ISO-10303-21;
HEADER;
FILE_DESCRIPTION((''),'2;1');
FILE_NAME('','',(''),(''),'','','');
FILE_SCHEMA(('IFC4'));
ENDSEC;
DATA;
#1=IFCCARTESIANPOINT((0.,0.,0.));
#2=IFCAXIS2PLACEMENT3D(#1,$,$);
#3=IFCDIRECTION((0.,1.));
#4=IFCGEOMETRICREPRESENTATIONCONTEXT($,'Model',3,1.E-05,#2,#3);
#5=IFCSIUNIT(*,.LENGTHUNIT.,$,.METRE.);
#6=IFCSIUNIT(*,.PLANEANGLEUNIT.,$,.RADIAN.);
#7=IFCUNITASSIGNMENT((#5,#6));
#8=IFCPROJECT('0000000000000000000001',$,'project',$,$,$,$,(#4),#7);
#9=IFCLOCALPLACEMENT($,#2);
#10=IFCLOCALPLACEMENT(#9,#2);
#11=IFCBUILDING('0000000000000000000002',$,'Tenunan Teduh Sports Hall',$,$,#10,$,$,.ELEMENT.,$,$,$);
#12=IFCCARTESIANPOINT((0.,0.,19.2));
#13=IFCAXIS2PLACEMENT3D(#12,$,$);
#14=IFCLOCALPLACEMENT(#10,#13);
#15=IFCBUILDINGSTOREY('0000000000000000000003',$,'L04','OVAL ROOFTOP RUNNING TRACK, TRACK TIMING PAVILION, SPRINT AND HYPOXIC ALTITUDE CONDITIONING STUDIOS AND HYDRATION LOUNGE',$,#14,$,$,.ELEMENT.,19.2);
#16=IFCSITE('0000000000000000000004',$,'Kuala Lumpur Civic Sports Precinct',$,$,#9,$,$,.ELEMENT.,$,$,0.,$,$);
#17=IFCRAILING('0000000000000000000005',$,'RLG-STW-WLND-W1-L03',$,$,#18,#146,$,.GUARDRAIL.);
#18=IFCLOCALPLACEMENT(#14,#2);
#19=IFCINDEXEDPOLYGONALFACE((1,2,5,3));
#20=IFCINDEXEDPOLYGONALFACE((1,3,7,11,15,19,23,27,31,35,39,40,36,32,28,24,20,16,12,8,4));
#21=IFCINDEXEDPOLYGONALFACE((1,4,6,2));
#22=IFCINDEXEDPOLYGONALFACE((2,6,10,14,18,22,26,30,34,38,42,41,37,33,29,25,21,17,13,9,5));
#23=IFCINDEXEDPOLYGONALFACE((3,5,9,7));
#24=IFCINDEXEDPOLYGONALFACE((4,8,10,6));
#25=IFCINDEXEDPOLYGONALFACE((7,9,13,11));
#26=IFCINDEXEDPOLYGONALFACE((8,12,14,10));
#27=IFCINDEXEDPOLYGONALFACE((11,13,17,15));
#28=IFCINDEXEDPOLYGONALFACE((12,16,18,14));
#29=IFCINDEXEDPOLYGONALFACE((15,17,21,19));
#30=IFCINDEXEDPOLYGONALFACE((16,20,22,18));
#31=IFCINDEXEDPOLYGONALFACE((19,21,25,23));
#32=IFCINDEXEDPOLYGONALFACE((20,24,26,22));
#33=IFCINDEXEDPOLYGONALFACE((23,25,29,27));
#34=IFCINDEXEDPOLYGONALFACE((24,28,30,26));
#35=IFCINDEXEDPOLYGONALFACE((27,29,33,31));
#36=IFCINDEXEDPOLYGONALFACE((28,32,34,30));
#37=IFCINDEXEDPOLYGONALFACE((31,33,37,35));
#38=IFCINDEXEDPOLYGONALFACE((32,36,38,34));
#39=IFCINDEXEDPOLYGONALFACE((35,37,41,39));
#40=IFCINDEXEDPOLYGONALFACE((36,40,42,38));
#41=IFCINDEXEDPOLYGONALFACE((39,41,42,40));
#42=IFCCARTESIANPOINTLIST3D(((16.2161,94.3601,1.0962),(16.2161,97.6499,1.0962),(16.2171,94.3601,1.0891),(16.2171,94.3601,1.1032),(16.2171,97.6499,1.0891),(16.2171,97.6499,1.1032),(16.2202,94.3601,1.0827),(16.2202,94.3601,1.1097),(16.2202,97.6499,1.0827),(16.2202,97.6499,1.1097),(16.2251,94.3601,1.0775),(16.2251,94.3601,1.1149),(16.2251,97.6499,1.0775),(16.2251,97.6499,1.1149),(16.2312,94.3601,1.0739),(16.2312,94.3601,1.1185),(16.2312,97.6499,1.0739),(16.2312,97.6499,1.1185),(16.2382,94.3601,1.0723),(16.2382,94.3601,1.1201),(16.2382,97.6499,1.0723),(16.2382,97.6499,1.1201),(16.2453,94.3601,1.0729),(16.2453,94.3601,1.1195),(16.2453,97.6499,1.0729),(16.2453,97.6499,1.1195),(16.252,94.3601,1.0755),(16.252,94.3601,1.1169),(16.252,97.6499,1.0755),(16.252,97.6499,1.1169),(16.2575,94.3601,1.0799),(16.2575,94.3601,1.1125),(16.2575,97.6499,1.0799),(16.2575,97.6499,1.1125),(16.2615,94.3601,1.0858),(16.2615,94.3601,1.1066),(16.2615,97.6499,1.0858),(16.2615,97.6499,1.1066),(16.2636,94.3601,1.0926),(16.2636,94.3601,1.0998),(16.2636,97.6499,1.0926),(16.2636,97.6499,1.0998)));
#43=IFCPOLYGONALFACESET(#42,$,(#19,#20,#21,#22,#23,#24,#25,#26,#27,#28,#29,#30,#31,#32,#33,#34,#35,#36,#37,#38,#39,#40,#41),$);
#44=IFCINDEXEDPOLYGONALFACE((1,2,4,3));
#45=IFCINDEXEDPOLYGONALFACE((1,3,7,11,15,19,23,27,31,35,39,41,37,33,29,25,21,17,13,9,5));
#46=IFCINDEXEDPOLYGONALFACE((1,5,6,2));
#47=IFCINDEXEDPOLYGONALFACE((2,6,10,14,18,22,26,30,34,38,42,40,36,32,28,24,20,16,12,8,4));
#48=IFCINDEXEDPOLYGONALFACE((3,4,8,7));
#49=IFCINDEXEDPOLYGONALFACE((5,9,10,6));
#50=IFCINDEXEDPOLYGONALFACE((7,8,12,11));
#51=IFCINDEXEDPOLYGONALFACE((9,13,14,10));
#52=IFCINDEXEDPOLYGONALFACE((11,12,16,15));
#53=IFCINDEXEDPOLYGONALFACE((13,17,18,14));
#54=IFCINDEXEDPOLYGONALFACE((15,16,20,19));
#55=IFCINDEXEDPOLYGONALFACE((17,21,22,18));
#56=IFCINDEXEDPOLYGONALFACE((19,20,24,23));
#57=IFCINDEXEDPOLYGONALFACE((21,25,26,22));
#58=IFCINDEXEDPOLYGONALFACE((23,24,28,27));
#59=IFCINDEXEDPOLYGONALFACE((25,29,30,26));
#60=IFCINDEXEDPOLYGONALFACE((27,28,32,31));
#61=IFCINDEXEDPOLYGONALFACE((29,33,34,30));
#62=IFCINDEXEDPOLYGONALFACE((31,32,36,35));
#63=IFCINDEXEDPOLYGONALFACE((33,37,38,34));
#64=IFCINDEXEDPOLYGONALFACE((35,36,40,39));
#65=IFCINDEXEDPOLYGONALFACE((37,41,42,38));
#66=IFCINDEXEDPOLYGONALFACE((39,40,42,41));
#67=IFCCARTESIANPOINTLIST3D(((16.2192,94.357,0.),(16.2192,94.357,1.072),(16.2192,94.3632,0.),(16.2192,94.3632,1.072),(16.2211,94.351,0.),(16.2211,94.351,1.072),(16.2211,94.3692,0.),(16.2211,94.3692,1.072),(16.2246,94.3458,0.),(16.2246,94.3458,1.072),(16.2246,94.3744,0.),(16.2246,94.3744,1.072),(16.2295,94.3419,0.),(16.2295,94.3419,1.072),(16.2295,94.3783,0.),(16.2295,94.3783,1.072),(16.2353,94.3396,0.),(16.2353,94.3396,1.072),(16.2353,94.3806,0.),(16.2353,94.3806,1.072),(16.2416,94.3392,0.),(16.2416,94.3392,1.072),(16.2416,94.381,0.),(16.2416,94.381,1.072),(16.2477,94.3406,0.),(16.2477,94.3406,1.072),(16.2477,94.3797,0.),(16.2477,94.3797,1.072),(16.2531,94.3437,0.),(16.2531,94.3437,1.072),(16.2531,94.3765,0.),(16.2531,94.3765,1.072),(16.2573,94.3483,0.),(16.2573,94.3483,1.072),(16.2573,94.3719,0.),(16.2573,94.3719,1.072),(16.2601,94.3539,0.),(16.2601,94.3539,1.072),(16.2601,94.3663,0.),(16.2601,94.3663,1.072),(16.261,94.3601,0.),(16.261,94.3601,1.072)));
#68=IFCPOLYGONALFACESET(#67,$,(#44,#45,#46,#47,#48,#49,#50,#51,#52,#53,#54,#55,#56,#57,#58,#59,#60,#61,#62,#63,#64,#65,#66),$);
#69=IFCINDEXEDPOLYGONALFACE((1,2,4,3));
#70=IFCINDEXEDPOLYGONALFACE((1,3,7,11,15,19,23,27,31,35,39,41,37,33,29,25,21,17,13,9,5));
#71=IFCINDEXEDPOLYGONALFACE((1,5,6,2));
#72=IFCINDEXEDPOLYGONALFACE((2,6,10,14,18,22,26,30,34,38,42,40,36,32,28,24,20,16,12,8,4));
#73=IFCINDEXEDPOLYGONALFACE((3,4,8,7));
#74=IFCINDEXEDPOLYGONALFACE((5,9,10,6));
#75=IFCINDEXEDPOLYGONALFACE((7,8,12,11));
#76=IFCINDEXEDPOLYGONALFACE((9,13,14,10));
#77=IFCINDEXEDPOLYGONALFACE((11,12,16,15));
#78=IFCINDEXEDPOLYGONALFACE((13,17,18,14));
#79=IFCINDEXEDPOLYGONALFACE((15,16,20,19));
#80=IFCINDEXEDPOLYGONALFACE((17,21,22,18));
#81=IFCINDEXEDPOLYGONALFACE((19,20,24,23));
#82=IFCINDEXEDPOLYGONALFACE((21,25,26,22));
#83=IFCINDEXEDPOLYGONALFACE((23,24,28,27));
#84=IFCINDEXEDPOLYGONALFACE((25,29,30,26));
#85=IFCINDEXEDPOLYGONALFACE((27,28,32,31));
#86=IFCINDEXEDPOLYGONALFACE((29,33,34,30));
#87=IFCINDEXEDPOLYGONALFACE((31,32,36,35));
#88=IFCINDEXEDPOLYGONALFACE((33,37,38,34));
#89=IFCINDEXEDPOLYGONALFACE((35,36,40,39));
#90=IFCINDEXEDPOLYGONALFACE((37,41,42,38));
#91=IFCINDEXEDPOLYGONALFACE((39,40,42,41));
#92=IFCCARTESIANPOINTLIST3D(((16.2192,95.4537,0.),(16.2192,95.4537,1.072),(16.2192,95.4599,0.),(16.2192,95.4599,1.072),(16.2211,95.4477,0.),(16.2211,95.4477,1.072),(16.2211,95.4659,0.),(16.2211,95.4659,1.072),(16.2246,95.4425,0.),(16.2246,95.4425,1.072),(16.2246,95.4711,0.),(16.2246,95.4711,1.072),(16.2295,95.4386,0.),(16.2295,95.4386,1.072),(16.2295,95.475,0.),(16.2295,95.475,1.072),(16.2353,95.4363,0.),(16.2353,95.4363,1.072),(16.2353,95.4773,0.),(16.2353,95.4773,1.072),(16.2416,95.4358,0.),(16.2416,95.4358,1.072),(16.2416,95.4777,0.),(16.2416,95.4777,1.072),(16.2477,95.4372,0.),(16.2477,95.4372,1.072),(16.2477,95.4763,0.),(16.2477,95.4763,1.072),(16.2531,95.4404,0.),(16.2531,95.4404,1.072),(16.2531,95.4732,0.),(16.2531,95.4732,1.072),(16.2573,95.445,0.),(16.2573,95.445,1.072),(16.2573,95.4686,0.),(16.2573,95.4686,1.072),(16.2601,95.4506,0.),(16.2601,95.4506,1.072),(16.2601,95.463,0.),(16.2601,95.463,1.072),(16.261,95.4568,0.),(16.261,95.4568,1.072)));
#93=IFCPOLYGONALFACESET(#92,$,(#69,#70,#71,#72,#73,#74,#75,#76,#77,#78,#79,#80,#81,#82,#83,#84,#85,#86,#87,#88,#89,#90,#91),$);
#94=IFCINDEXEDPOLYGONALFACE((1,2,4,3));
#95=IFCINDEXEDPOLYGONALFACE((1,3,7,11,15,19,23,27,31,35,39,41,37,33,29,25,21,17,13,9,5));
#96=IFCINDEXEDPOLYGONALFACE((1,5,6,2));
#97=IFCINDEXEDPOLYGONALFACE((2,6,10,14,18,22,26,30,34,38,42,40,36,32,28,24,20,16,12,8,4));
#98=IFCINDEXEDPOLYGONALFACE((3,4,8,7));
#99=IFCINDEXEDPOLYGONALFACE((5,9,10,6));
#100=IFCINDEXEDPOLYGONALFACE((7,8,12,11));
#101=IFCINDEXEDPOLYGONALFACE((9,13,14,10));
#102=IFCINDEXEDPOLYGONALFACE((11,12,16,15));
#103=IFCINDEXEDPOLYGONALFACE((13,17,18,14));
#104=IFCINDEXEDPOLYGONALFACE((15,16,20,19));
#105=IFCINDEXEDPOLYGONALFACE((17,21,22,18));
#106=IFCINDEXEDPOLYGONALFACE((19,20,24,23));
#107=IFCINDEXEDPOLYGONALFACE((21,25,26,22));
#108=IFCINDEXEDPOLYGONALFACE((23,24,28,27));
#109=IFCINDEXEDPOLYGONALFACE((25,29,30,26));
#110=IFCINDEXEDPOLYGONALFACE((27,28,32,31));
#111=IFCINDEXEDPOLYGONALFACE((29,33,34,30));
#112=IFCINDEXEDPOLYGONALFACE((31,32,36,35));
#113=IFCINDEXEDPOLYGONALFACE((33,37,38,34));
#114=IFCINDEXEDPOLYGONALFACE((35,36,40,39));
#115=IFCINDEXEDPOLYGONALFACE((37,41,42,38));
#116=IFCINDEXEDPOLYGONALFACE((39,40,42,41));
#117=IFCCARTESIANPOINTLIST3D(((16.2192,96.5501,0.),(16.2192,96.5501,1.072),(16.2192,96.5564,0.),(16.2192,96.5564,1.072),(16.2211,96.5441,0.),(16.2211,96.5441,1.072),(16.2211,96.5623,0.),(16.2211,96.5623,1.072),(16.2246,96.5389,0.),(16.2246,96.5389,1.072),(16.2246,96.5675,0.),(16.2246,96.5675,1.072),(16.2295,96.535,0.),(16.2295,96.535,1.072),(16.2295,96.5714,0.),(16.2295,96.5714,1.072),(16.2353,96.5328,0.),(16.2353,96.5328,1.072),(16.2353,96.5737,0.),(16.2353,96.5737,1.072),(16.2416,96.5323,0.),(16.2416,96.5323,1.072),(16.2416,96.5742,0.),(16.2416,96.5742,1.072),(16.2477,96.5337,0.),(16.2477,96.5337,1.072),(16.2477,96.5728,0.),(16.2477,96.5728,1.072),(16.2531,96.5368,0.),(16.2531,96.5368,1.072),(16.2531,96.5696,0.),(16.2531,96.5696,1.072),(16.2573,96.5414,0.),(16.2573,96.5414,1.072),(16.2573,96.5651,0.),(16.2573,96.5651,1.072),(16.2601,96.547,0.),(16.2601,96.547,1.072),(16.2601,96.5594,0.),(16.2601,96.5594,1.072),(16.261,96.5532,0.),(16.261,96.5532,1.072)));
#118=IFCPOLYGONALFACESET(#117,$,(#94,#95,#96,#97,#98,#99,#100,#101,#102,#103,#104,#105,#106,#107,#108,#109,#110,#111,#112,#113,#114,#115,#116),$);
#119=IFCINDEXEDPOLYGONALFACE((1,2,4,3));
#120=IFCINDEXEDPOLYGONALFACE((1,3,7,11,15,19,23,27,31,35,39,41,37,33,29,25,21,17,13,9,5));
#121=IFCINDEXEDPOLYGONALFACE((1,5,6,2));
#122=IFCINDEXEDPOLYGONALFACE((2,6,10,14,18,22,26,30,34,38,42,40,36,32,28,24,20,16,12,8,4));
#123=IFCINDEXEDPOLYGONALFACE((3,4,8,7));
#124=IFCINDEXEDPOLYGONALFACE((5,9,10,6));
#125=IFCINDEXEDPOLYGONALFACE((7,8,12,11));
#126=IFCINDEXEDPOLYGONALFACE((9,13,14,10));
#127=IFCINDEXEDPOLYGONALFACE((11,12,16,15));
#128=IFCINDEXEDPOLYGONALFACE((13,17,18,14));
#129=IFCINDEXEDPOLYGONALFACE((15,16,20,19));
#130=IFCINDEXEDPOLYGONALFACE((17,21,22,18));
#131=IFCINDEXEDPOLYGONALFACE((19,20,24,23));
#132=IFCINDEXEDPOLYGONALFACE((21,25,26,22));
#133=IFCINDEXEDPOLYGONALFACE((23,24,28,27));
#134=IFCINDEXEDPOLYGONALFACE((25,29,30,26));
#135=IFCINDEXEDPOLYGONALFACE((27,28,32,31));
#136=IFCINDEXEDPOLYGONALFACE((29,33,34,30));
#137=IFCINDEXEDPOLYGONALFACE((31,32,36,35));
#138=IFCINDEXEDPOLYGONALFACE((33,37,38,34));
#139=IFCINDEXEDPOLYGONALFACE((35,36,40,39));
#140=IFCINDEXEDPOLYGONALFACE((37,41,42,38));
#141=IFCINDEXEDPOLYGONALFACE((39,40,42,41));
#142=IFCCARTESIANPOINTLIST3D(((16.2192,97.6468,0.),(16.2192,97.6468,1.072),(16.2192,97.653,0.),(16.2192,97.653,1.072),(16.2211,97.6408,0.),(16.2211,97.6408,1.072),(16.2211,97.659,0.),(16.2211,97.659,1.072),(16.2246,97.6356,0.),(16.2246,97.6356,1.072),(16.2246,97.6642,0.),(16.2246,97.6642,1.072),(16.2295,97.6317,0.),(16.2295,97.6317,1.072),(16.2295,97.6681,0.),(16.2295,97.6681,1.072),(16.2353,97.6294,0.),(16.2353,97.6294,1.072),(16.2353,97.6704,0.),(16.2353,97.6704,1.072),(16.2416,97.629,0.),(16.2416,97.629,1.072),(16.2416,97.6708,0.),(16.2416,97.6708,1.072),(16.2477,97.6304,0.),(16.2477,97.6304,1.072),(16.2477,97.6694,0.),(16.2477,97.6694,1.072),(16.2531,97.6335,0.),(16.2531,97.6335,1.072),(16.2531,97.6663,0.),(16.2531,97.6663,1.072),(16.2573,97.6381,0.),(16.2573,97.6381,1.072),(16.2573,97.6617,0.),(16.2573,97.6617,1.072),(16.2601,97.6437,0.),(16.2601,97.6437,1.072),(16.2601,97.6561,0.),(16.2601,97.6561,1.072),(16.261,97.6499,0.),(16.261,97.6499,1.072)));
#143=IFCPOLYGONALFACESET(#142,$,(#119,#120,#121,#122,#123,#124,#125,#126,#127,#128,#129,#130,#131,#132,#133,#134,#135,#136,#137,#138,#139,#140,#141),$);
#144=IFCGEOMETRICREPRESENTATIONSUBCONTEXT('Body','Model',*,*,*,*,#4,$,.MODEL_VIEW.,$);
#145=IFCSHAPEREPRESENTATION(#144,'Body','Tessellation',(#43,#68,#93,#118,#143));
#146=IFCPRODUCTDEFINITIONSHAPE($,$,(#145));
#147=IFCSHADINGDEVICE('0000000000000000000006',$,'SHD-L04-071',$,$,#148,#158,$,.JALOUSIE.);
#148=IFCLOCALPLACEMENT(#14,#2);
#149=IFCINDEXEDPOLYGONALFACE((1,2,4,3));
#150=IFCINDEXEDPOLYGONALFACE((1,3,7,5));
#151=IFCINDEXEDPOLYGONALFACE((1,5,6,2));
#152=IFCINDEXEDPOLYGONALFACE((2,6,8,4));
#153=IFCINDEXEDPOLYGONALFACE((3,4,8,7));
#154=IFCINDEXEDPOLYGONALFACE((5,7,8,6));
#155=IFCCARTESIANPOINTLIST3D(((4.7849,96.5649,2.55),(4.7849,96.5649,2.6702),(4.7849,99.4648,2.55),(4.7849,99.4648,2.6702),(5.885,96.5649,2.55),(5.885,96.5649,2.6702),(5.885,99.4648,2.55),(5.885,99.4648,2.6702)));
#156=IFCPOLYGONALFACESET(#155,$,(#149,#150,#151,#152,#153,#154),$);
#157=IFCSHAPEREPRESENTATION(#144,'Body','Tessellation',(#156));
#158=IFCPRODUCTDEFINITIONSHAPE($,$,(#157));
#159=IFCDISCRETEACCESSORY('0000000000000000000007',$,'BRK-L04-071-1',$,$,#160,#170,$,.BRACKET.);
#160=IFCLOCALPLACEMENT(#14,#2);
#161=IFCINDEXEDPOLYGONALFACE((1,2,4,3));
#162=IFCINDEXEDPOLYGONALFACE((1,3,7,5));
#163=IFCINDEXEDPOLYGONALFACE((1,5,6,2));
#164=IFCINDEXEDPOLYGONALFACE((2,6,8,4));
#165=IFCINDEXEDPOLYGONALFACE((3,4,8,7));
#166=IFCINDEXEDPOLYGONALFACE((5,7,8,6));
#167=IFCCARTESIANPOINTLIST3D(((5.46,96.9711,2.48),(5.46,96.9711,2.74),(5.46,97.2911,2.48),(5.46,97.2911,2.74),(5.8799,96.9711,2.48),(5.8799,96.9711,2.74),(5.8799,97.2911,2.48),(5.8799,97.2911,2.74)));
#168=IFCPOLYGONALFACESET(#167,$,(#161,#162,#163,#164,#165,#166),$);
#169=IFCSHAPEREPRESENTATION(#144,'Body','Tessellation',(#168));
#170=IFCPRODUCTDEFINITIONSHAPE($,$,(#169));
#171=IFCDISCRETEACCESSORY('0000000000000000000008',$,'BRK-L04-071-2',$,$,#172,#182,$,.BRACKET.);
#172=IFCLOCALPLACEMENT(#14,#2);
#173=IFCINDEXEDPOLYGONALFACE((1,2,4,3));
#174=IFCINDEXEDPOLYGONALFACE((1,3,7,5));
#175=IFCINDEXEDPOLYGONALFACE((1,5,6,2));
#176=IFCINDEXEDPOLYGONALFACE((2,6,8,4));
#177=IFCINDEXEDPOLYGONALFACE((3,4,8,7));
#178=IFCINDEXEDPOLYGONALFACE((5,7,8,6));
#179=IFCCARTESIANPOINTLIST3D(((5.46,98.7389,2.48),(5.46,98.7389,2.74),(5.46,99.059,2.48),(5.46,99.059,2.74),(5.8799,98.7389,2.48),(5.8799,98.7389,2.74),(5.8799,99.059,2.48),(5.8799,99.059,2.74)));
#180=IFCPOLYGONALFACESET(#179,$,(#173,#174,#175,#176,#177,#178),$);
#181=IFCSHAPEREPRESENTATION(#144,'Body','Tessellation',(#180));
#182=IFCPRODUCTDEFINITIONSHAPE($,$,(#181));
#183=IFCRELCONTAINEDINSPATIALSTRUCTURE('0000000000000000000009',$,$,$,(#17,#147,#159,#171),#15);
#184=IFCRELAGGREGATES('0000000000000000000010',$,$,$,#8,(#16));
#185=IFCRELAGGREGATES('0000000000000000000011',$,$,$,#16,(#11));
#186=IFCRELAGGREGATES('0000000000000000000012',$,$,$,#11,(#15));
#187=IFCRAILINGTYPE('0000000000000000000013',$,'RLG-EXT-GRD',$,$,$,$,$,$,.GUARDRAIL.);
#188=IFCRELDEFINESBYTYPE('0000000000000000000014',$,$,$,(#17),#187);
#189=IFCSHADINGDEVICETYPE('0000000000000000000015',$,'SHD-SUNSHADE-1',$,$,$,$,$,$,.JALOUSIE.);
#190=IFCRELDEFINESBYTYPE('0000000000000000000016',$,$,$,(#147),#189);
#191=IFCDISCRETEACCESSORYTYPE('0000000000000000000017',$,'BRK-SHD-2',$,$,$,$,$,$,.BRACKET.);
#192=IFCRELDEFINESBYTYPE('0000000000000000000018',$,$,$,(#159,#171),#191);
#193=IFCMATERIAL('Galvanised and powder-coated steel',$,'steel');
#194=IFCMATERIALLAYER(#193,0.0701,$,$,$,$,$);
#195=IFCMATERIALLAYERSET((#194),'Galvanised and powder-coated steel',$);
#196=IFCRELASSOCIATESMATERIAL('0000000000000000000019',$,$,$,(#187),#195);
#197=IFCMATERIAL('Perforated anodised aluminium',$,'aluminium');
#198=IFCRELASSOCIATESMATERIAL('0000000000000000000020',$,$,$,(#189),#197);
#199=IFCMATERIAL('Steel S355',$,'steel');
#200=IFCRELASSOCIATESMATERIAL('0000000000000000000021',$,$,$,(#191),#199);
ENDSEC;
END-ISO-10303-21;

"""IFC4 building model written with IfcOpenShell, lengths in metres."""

from ifc_helpers import new_model, si_unit, direction, frame, origin, origin_2d, place, context, subcontext, project, spatial, rectangle, circle, extrude, material, layer, layer_set, type_object, element, save


model = new_model("IFC4")

# Units and contexts
model_context = context("Model", 3, precision=1e-05, world=origin(), true_north=direction((0.0, 1.0)))
body_context = subcontext(model_context, "Body", "Model", "MODEL_VIEW")
ifc_project = project(units=[si_unit("LENGTHUNIT", "METRE"), si_unit("PLANEANGLEUNIT", "RADIAN")], contexts=[model_context])

# Site, building, storey
site_placement = place(None, origin())
site = spatial("IfcSite", under=ifc_project, at=site_placement, Name="Kuala Lumpur Civic Sports Precinct", CompositionType="ELEMENT", RefElevation=0.0)
building_placement = place(site_placement, origin())
building = spatial("IfcBuilding", under=site, at=building_placement, Name="Tenunan Teduh Sports Hall", CompositionType="ELEMENT")
storey_placement = place(building_placement, frame((0.0, 0.0, 19.2)))
storey = spatial("IfcBuildingStorey", under=building, at=storey_placement, Name="L04", Description="OVAL ROOFTOP RUNNING TRACK, TRACK TIMING PAVILION, SPRINT AND HYPOXIC ALTITUDE CONDITIONING STUDIOS AND HYDRATION LOUNGE", CompositionType="ELEMENT", Elevation=19.2)

# Railing
ifc_material_1 = material(Name="Galvanised and powder-coated steel", Category="steel")
ifc_layer_1 = layer(ifc_material_1, 0.0701)
ifc_layer_set_1 = layer_set([ifc_layer_1], Name="Galvanised and powder-coated steel")
railing_type = type_object("IfcRailingType", Name="RLG-EXT-GRD", PredefinedType="GUARDRAIL", material=ifc_layer_set_1)
railing_1_placement = place(storey_placement, frame((16.24, 94.3601, 0.0)))
element("IfcRailing", 1, at=railing_1_placement, inside=storey, type_object=railing_type, Name="RLG-STW-WLND-W1-L03", PredefinedType="GUARDRAIL", context=body_context, shape_type="SweptSolid", body=[
    extrude(circle(Radius=0.0239, at=origin_2d()), frame((0.0, 0.0, 1.0962), z_axis=(0.0, 1.0, 0.0), x_axis=(-1.0, 0.0, 0.0)), (0.0, 0.0, 1.0), 3.2898),
    extrude(circle(Radius=0.021, at=origin_2d()), origin(), (0.0, 0.0, 1.0), 1.072),
    extrude(circle(Radius=0.021, at=origin_2d()), frame((0.0, 1.0967, 0.0)), (0.0, 0.0, 1.0), 1.072),
    extrude(circle(Radius=0.021, at=origin_2d()), frame((0.0, 2.1931, 0.0)), (0.0, 0.0, 1.0), 1.072),
    extrude(circle(Radius=0.021, at=origin_2d()), frame((0.0, 3.2898, 0.0)), (0.0, 0.0, 1.0), 1.072),
])

# Shading device
ifc_material_2 = material(Name="Perforated anodised aluminium", Category="aluminium")
shading_device_type = type_object("IfcShadingDeviceType", Name="SHD-SUNSHADE-1", PredefinedType="JALOUSIE", material=ifc_material_2)
shading_device_placement = place(storey_placement, frame((5.335, 98.0149, 2.55), z_axis=(0.0, 0.0, 1.0), x_axis=(0.0, 1.0, 0.0)))
element("IfcShadingDevice", 2, at=shading_device_placement, inside=storey, type_object=shading_device_type, Name="SHD-L04-071", PredefinedType="JALOUSIE", context=body_context, shape_type="SweptSolid", body=[
    extrude(rectangle(XDim=2.8999, YDim=1.1001, at=origin_2d()), origin(), (0.0, 0.0, 1.0), 0.1201),
])

# Discrete accessories
ifc_material_3 = material(Name="Steel S355", Category="steel")
discrete_accessory_type = type_object("IfcDiscreteAccessoryType", Name="BRK-SHD-2", PredefinedType="BRACKET", material=ifc_material_3)
for number, where, z_axis, x_axis, name in (
    (3, (5.6699, 97.1311, 2.48), (0.0, 0.0, 1.0), (0.0, 1.0, 0.0), "BRK-L04-071-1"),
    (4, (5.6699, 98.8989, 2.48), (0.0, 0.0, 1.0), (0.0, 1.0, 0.0), "BRK-L04-071-2"),
):
    element("IfcDiscreteAccessory", number, at=place(storey_placement, frame(where, z_axis=z_axis, x_axis=x_axis)), inside=storey, type_object=discrete_accessory_type, Name=name, PredefinedType="BRACKET", context=body_context, shape_type="SweptSolid", body=[
        extrude(rectangle(XDim=0.3201, YDim=0.4199, at=origin_2d()), origin(), (0.0, 0.0, 1.0), 0.26),
    ])

save(model, "model.ifc")
